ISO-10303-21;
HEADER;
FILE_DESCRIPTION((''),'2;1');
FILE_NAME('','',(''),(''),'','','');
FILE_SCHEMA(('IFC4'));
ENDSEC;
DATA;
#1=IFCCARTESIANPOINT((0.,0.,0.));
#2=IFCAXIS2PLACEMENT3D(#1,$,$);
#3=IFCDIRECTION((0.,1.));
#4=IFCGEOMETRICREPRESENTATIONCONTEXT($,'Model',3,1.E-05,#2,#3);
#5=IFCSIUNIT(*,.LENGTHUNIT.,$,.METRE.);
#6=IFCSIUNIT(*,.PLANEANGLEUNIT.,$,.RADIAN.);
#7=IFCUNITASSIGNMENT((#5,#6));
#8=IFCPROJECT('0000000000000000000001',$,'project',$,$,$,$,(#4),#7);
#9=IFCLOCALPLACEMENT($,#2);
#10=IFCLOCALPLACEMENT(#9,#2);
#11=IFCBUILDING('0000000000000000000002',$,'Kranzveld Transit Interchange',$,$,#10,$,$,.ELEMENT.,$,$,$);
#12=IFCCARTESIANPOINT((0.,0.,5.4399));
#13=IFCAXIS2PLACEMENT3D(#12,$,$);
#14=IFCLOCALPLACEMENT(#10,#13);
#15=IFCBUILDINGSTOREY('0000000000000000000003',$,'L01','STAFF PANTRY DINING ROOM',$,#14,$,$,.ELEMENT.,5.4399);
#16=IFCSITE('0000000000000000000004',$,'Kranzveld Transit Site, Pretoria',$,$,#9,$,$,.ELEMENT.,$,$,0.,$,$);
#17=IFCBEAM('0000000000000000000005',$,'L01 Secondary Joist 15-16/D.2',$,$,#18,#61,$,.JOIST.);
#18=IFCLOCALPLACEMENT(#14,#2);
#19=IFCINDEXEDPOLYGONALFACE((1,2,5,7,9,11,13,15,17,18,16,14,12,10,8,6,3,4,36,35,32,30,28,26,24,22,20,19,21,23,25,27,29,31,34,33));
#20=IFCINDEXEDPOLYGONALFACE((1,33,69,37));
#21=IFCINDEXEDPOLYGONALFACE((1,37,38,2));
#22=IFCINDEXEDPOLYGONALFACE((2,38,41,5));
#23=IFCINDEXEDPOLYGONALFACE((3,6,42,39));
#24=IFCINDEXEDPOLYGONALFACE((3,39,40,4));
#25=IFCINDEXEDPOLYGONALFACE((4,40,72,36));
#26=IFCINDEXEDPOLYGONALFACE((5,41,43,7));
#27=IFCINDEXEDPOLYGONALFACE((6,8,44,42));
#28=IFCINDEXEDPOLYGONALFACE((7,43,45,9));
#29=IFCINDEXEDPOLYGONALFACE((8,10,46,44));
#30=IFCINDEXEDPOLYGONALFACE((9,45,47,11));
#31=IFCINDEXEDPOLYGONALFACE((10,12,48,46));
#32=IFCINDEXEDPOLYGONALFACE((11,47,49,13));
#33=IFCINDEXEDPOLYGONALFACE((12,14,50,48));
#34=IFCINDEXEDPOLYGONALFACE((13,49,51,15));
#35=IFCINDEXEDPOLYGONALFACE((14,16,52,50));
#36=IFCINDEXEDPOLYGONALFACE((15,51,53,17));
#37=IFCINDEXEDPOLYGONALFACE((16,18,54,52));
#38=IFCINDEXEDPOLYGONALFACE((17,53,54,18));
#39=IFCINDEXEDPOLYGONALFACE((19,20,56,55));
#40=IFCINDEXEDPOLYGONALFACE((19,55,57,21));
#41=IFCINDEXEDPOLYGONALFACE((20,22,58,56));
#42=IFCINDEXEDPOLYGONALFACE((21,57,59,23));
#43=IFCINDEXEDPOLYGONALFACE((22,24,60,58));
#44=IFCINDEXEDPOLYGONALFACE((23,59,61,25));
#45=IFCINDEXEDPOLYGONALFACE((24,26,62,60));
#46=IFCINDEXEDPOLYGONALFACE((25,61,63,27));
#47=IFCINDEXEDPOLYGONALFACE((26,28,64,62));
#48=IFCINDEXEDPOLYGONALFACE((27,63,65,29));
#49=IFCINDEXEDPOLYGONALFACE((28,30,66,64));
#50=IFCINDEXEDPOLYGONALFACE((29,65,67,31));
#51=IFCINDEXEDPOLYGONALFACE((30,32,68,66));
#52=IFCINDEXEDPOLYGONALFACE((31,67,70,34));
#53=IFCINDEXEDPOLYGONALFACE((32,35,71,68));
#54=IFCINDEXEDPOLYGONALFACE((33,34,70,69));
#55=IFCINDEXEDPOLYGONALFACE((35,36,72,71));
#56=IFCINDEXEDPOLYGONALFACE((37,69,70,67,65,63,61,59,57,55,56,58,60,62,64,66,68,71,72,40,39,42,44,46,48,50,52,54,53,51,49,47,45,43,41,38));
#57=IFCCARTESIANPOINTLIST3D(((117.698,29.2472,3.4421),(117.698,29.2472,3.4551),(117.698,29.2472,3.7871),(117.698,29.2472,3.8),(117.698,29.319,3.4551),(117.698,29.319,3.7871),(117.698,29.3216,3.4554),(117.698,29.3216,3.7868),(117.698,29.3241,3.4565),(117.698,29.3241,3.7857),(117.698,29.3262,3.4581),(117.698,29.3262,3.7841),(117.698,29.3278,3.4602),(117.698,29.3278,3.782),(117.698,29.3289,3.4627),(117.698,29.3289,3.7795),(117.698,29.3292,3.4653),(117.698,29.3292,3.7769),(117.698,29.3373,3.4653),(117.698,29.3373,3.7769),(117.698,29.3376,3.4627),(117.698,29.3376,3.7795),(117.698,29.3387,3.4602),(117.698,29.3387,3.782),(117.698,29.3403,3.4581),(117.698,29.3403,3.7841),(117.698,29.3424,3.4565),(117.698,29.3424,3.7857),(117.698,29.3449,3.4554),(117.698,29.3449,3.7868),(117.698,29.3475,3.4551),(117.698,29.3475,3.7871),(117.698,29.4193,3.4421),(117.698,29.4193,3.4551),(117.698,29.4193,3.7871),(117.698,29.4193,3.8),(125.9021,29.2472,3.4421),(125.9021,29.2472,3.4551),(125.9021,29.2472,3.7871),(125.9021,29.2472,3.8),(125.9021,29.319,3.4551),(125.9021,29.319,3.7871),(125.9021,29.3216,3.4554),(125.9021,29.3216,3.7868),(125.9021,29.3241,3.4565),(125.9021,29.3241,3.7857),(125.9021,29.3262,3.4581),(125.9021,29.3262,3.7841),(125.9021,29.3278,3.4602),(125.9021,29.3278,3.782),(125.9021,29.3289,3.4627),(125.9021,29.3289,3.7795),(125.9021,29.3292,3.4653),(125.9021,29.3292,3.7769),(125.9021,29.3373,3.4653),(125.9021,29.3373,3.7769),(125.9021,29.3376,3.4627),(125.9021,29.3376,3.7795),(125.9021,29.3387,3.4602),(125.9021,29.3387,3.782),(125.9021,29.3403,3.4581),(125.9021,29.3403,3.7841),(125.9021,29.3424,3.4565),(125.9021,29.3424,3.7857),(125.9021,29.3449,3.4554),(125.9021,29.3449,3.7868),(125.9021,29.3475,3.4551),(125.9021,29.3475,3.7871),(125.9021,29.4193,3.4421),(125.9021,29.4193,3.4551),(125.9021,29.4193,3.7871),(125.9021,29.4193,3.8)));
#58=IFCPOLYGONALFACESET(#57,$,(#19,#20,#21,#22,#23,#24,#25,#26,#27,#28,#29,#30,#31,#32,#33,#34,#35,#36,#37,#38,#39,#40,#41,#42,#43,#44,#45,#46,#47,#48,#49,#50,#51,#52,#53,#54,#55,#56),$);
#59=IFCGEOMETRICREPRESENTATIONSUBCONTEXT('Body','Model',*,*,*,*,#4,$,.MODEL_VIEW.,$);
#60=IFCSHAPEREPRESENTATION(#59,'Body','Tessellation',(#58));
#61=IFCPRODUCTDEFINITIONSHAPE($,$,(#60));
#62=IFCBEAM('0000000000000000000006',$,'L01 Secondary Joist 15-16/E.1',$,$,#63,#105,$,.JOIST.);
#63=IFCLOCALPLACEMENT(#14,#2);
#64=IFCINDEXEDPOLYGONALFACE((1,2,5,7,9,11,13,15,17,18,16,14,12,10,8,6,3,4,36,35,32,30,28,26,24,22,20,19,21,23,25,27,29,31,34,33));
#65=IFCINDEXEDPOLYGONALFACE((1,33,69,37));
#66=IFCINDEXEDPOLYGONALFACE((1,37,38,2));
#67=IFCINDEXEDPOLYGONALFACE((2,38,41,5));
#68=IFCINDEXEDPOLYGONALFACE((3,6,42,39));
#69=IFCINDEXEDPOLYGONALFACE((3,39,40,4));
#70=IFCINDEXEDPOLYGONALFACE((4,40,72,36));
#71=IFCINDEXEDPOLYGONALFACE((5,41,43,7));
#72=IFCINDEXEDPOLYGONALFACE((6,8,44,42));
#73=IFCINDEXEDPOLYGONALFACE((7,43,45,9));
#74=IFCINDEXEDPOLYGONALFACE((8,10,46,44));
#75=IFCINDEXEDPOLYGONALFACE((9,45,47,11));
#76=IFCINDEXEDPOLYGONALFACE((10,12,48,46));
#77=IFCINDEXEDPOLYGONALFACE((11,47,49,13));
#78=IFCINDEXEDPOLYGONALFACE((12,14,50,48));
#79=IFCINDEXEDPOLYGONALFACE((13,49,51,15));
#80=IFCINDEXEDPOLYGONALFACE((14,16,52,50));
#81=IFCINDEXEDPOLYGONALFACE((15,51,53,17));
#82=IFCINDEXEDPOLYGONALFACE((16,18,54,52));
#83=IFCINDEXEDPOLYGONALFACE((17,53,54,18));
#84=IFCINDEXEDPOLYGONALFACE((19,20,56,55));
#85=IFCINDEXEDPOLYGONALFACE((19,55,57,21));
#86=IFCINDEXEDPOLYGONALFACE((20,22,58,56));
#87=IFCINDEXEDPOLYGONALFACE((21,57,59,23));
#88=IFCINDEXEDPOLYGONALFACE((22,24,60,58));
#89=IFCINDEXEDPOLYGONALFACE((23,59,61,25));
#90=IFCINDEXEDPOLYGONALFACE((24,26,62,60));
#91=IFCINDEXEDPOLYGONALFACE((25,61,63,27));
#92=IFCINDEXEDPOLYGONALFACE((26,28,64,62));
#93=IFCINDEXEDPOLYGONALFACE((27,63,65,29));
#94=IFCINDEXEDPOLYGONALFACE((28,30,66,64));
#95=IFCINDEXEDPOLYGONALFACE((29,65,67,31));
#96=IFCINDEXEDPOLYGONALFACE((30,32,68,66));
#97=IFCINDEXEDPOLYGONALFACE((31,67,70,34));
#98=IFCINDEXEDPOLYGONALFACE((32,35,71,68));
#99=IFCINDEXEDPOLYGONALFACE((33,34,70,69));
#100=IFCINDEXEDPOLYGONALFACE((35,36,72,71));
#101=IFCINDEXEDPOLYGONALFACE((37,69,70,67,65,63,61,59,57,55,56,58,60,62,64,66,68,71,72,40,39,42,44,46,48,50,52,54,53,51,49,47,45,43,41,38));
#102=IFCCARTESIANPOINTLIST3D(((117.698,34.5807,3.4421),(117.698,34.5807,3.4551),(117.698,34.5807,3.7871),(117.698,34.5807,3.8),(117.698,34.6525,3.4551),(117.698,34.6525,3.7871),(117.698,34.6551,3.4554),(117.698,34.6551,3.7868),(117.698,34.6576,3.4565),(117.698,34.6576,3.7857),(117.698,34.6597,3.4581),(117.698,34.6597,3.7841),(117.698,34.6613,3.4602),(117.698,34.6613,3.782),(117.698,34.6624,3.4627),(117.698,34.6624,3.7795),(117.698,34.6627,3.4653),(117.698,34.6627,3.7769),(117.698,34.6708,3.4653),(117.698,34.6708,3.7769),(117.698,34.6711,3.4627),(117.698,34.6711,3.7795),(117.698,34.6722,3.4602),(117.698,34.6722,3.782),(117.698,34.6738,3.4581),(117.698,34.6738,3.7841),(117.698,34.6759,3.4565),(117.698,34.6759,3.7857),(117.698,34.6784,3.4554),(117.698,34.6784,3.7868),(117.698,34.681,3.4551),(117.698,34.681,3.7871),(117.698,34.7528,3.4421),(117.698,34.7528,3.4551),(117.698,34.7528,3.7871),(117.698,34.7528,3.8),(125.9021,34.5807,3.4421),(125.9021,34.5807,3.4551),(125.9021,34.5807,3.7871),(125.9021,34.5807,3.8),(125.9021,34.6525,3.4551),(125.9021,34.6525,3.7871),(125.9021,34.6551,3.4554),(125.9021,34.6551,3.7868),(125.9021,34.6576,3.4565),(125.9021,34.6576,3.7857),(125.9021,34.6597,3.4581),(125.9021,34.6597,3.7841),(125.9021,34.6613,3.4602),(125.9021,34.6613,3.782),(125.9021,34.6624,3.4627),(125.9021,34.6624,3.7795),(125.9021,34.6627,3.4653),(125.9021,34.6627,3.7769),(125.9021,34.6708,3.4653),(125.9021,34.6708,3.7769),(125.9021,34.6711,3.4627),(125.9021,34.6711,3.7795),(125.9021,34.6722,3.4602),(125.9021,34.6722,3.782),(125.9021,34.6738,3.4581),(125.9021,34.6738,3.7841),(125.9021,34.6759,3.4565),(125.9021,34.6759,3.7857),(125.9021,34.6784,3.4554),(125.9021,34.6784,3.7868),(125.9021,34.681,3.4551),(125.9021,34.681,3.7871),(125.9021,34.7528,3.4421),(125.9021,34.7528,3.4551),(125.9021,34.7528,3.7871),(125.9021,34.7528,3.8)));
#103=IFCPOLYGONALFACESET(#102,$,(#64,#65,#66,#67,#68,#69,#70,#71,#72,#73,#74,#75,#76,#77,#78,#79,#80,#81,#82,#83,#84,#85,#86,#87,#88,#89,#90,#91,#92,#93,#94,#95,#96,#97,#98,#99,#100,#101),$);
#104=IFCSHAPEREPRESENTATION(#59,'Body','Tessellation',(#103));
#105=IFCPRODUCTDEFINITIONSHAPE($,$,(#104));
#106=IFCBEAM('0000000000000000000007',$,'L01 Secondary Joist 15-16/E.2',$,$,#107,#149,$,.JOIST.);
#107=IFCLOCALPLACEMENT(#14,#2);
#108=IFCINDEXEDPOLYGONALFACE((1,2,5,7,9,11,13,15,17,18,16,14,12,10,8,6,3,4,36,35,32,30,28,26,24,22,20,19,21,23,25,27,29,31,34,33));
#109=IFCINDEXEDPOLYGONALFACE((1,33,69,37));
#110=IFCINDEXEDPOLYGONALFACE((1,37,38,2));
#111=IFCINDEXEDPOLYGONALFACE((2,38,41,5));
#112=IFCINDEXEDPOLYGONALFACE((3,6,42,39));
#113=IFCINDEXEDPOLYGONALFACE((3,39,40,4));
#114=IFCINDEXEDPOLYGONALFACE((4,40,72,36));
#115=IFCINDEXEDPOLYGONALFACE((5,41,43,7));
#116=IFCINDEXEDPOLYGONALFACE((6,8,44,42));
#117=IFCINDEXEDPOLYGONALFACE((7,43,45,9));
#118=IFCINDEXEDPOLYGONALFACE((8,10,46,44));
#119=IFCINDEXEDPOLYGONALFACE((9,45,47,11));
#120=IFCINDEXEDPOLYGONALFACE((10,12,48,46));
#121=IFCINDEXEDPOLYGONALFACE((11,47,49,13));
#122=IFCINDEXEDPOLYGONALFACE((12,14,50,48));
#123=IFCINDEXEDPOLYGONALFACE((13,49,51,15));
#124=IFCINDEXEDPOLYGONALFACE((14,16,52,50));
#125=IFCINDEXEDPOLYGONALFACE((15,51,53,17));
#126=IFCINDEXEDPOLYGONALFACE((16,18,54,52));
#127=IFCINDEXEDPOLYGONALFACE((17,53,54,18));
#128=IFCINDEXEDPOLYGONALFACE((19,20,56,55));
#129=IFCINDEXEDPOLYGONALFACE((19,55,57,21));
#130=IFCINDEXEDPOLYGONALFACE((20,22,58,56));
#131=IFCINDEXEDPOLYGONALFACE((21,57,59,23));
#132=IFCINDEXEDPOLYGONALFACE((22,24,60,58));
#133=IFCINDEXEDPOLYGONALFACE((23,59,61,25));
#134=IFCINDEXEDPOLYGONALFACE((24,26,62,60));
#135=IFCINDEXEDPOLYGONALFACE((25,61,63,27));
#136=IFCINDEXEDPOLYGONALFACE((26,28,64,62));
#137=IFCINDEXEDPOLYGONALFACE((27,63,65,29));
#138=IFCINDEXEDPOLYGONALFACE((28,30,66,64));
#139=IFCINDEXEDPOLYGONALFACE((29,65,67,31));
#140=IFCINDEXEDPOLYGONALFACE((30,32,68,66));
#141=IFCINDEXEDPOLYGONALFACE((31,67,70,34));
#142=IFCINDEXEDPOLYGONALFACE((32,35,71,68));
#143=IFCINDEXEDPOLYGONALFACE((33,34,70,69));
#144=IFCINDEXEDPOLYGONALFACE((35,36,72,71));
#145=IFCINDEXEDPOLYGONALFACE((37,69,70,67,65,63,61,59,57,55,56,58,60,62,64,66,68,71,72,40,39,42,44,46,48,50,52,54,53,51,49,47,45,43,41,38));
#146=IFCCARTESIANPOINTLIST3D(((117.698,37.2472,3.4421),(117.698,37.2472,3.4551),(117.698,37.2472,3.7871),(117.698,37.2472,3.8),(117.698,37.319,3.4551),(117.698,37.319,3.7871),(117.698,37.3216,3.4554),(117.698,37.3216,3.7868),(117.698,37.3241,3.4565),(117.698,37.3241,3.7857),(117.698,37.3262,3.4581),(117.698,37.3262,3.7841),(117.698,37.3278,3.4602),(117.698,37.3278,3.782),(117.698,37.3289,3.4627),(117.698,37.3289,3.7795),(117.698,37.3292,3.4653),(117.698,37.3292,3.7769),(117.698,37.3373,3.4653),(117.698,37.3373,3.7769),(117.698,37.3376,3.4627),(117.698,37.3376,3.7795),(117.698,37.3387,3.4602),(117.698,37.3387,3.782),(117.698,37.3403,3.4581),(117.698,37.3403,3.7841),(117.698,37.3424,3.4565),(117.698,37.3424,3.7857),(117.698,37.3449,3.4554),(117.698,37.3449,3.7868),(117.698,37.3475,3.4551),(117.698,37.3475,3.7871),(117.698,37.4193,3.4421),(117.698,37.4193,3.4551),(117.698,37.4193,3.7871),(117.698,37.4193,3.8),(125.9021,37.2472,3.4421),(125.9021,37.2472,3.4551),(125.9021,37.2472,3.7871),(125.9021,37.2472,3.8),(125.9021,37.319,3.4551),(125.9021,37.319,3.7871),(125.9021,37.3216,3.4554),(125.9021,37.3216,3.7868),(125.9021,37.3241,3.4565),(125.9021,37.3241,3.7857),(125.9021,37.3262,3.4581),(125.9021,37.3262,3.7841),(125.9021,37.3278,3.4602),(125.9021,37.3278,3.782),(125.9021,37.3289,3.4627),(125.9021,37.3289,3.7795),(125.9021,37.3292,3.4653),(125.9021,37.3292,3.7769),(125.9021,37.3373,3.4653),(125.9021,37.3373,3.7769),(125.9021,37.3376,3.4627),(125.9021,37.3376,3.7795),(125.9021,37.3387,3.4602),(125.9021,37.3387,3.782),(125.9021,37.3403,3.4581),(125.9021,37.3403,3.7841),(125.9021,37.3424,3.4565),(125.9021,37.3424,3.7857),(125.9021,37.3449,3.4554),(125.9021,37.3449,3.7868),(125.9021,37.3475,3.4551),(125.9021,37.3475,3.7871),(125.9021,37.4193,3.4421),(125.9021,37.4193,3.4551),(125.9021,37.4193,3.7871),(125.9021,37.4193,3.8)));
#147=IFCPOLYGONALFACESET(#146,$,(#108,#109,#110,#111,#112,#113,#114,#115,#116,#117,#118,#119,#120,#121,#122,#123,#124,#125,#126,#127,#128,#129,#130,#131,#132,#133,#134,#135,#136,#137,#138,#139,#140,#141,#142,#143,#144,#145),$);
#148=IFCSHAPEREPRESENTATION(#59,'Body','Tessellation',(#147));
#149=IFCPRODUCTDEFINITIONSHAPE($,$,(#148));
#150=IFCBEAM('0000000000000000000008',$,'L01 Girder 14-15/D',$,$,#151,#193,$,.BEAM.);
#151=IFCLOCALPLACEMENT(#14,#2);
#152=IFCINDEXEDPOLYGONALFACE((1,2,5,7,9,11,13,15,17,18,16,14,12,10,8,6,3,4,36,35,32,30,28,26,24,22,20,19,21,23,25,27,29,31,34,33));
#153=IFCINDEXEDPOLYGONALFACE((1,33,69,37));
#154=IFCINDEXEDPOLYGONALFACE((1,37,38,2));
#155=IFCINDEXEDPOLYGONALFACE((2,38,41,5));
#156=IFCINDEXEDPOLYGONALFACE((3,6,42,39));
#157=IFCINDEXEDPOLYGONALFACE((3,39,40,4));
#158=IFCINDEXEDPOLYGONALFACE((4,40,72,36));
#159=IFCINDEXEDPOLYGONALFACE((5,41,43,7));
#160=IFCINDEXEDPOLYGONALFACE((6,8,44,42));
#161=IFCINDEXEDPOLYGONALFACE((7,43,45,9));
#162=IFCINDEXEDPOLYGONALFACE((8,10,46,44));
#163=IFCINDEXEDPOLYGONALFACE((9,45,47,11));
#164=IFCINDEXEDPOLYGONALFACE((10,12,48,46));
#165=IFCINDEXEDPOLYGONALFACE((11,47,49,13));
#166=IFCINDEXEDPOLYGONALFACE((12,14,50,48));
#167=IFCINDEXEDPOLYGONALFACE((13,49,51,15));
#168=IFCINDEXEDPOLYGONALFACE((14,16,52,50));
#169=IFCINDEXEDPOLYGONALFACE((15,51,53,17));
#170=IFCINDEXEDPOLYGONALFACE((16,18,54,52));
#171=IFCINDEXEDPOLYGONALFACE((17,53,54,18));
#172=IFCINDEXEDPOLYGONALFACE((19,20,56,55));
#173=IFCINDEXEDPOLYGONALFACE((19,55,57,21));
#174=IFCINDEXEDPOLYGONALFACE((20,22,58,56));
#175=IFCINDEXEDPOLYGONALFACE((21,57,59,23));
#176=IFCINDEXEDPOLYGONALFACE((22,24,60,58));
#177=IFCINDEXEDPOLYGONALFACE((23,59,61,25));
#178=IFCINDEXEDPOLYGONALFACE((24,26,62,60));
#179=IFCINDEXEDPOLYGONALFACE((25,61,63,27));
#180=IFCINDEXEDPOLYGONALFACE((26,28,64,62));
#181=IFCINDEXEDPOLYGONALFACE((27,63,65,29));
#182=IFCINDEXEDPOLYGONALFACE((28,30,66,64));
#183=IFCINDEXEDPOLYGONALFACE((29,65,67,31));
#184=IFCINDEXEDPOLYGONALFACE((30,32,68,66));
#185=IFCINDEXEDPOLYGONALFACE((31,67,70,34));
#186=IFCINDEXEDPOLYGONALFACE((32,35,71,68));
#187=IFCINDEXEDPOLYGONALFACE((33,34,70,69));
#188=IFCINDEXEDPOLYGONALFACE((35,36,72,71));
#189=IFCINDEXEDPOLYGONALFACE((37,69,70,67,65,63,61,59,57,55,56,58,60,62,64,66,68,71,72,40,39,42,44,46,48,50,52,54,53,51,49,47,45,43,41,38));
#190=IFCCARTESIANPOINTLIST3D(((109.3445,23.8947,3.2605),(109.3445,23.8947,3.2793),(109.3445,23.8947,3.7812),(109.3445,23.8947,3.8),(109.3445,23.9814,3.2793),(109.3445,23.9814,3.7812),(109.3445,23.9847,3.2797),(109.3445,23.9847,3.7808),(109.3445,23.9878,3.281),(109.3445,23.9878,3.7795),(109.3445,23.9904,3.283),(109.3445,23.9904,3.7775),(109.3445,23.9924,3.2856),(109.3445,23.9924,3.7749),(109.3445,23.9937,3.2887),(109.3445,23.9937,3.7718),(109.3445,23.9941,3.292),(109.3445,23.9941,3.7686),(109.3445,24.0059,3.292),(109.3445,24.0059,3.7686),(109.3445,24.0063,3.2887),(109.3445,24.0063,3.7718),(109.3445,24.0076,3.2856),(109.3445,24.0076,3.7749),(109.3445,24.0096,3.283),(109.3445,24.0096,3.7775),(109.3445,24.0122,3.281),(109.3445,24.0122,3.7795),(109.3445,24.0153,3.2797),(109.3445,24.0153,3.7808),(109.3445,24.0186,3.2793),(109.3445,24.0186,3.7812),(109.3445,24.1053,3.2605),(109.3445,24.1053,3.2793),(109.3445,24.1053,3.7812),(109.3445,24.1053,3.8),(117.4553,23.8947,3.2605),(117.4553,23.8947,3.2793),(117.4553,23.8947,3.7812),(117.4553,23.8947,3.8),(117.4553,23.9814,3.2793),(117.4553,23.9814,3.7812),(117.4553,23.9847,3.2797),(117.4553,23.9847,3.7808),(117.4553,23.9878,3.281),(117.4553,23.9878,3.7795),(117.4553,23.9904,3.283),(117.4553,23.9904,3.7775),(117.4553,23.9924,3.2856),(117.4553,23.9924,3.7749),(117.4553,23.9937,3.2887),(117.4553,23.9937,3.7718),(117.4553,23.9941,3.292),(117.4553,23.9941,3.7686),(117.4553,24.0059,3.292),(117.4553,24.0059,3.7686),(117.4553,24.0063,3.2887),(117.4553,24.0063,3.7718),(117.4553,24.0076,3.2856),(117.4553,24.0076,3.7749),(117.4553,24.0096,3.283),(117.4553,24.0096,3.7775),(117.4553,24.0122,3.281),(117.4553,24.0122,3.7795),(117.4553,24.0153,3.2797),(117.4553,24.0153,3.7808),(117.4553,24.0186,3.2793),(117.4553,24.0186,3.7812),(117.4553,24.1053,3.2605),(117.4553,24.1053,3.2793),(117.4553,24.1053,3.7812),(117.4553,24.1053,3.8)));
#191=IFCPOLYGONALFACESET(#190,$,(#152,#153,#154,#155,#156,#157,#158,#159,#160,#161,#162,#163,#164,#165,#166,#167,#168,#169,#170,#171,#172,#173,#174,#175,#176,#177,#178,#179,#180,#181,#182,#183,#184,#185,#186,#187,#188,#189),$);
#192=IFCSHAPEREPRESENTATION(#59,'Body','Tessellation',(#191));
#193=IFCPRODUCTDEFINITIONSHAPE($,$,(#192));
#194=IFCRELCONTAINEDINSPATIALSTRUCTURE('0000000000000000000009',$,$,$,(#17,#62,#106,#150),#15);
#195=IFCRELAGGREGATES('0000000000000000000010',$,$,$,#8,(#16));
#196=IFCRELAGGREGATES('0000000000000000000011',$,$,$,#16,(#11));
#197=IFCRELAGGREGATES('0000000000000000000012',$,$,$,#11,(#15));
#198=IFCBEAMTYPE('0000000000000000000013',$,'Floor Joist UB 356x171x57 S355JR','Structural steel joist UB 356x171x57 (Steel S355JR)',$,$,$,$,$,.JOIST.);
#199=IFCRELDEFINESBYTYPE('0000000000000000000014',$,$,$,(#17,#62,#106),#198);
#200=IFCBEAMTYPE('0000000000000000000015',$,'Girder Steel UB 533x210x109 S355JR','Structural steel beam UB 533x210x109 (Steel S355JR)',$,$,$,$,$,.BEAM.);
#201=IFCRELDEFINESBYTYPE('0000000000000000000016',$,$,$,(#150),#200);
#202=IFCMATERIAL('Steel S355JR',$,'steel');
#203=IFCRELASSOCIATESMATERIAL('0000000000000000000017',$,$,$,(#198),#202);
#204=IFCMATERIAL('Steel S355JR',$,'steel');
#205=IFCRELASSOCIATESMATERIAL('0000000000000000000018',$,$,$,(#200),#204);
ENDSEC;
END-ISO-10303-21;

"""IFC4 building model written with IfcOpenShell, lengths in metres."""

from ifc_helpers import new_model, si_unit, direction, frame, origin, origin_2d, place, context, subcontext, project, spatial, i_section, extrude, material, material_profile, profile_set, type_object, element, save


model = new_model("IFC4")

# Units and contexts
model_context = context("Model", 3, precision=1e-05, world=origin(), true_north=direction((0.0, 1.0)))
body_context = subcontext(model_context, "Body", "Model", "MODEL_VIEW")
ifc_project = project(units=[si_unit("LENGTHUNIT", "METRE"), si_unit("PLANEANGLEUNIT", "RADIAN")], contexts=[model_context])

# Site, building, storey
site_placement = place(None, origin())
site = spatial("IfcSite", under=ifc_project, at=site_placement, Name="Kranzveld Transit Site, Pretoria", CompositionType="ELEMENT", RefElevation=0.0)
building_placement = place(site_placement, origin())
building = spatial("IfcBuilding", under=site, at=building_placement, Name="Kranzveld Transit Interchange", CompositionType="ELEMENT")
storey_placement = place(building_placement, frame((0.0, 0.0, 5.4399)))
storey = spatial("IfcBuildingStorey", under=building, at=storey_placement, Name="L01", Description="STAFF PANTRY DINING ROOM", CompositionType="ELEMENT", Elevation=5.4399)

# Beams
ifc_material_1 = material(Name="Steel S355JR", Category="steel")
ifc_material_profile_1 = material_profile(ifc_material_1, i_section(OverallWidth=0.1721, OverallDepth=0.3579, WebThickness=0.0081, FlangeThickness=0.0129, FilletRadius=0.0103, at=origin_2d()), Name="UB 356x171x57")
ifc_profile_set_1 = profile_set([ifc_material_profile_1], Name="Steel S355JR")
beam_type_1 = type_object("IfcBeamType", Name="Floor Joist UB 356x171x57 S355JR", Description="Structural steel joist UB 356x171x57 (Steel S355JR)", PredefinedType="JOIST", material=ifc_profile_set_1)
for number, where, z_axis, x_axis, name in (
    (1, (117.698, 29.3333, 3.6211), (1.0, 0.0, 0.0), (0.0, 1.0, 0.0), "L01 Secondary Joist 15-16/D.2"),
    (2, (117.698, 34.6667, 3.6211), (1.0, 0.0, 0.0), (0.0, 1.0, 0.0), "L01 Secondary Joist 15-16/E.1"),
    (3, (117.698, 37.3333, 3.6211), (1.0, 0.0, 0.0), (0.0, 1.0, 0.0), "L01 Secondary Joist 15-16/E.2"),
):
    element("IfcBeam", number, at=place(storey_placement, frame(where, z_axis=z_axis, x_axis=x_axis)), inside=storey, type_object=beam_type_1, Name=name, PredefinedType="JOIST", context=body_context, shape_type="SweptSolid", body=[
        extrude(i_section(OverallWidth=0.1721, OverallDepth=0.3579, WebThickness=0.0081, FlangeThickness=0.0129, FilletRadius=0.0103, at=origin_2d()), origin(), (0.0, 0.0, 1.0), 8.2041),
    ])
ifc_material_2 = material(Name="Steel S355JR", Category="steel")
ifc_material_profile_2 = material_profile(ifc_material_2, i_section(OverallWidth=0.2107, OverallDepth=0.5396, WebThickness=0.0117, FlangeThickness=0.0188, FilletRadius=0.0127, at=origin_2d()), Name="UB 533x210x109")
ifc_profile_set_2 = profile_set([ifc_material_profile_2], Name="Steel S355JR")
beam_type_2 = type_object("IfcBeamType", Name="Girder Steel UB 533x210x109 S355JR", Description="Structural steel beam UB 533x210x109 (Steel S355JR)", PredefinedType="BEAM", material=ifc_profile_set_2)
for number, where, z_axis, x_axis, name in (
    (4, (109.3445, 24.0, 3.5303), (1.0, 0.0, 0.0), (0.0, 1.0, 0.0), "L01 Girder 14-15/D"),
):
    element("IfcBeam", number, at=place(storey_placement, frame(where, z_axis=z_axis, x_axis=x_axis)), inside=storey, type_object=beam_type_2, Name=name, PredefinedType="BEAM", context=body_context, shape_type="SweptSolid", body=[
        extrude(i_section(OverallWidth=0.2107, OverallDepth=0.5396, WebThickness=0.0117, FlangeThickness=0.0188, FilletRadius=0.0127, at=origin_2d()), origin(), (0.0, 0.0, 1.0), 8.1108),
    ])

save(model, "model.ifc")
